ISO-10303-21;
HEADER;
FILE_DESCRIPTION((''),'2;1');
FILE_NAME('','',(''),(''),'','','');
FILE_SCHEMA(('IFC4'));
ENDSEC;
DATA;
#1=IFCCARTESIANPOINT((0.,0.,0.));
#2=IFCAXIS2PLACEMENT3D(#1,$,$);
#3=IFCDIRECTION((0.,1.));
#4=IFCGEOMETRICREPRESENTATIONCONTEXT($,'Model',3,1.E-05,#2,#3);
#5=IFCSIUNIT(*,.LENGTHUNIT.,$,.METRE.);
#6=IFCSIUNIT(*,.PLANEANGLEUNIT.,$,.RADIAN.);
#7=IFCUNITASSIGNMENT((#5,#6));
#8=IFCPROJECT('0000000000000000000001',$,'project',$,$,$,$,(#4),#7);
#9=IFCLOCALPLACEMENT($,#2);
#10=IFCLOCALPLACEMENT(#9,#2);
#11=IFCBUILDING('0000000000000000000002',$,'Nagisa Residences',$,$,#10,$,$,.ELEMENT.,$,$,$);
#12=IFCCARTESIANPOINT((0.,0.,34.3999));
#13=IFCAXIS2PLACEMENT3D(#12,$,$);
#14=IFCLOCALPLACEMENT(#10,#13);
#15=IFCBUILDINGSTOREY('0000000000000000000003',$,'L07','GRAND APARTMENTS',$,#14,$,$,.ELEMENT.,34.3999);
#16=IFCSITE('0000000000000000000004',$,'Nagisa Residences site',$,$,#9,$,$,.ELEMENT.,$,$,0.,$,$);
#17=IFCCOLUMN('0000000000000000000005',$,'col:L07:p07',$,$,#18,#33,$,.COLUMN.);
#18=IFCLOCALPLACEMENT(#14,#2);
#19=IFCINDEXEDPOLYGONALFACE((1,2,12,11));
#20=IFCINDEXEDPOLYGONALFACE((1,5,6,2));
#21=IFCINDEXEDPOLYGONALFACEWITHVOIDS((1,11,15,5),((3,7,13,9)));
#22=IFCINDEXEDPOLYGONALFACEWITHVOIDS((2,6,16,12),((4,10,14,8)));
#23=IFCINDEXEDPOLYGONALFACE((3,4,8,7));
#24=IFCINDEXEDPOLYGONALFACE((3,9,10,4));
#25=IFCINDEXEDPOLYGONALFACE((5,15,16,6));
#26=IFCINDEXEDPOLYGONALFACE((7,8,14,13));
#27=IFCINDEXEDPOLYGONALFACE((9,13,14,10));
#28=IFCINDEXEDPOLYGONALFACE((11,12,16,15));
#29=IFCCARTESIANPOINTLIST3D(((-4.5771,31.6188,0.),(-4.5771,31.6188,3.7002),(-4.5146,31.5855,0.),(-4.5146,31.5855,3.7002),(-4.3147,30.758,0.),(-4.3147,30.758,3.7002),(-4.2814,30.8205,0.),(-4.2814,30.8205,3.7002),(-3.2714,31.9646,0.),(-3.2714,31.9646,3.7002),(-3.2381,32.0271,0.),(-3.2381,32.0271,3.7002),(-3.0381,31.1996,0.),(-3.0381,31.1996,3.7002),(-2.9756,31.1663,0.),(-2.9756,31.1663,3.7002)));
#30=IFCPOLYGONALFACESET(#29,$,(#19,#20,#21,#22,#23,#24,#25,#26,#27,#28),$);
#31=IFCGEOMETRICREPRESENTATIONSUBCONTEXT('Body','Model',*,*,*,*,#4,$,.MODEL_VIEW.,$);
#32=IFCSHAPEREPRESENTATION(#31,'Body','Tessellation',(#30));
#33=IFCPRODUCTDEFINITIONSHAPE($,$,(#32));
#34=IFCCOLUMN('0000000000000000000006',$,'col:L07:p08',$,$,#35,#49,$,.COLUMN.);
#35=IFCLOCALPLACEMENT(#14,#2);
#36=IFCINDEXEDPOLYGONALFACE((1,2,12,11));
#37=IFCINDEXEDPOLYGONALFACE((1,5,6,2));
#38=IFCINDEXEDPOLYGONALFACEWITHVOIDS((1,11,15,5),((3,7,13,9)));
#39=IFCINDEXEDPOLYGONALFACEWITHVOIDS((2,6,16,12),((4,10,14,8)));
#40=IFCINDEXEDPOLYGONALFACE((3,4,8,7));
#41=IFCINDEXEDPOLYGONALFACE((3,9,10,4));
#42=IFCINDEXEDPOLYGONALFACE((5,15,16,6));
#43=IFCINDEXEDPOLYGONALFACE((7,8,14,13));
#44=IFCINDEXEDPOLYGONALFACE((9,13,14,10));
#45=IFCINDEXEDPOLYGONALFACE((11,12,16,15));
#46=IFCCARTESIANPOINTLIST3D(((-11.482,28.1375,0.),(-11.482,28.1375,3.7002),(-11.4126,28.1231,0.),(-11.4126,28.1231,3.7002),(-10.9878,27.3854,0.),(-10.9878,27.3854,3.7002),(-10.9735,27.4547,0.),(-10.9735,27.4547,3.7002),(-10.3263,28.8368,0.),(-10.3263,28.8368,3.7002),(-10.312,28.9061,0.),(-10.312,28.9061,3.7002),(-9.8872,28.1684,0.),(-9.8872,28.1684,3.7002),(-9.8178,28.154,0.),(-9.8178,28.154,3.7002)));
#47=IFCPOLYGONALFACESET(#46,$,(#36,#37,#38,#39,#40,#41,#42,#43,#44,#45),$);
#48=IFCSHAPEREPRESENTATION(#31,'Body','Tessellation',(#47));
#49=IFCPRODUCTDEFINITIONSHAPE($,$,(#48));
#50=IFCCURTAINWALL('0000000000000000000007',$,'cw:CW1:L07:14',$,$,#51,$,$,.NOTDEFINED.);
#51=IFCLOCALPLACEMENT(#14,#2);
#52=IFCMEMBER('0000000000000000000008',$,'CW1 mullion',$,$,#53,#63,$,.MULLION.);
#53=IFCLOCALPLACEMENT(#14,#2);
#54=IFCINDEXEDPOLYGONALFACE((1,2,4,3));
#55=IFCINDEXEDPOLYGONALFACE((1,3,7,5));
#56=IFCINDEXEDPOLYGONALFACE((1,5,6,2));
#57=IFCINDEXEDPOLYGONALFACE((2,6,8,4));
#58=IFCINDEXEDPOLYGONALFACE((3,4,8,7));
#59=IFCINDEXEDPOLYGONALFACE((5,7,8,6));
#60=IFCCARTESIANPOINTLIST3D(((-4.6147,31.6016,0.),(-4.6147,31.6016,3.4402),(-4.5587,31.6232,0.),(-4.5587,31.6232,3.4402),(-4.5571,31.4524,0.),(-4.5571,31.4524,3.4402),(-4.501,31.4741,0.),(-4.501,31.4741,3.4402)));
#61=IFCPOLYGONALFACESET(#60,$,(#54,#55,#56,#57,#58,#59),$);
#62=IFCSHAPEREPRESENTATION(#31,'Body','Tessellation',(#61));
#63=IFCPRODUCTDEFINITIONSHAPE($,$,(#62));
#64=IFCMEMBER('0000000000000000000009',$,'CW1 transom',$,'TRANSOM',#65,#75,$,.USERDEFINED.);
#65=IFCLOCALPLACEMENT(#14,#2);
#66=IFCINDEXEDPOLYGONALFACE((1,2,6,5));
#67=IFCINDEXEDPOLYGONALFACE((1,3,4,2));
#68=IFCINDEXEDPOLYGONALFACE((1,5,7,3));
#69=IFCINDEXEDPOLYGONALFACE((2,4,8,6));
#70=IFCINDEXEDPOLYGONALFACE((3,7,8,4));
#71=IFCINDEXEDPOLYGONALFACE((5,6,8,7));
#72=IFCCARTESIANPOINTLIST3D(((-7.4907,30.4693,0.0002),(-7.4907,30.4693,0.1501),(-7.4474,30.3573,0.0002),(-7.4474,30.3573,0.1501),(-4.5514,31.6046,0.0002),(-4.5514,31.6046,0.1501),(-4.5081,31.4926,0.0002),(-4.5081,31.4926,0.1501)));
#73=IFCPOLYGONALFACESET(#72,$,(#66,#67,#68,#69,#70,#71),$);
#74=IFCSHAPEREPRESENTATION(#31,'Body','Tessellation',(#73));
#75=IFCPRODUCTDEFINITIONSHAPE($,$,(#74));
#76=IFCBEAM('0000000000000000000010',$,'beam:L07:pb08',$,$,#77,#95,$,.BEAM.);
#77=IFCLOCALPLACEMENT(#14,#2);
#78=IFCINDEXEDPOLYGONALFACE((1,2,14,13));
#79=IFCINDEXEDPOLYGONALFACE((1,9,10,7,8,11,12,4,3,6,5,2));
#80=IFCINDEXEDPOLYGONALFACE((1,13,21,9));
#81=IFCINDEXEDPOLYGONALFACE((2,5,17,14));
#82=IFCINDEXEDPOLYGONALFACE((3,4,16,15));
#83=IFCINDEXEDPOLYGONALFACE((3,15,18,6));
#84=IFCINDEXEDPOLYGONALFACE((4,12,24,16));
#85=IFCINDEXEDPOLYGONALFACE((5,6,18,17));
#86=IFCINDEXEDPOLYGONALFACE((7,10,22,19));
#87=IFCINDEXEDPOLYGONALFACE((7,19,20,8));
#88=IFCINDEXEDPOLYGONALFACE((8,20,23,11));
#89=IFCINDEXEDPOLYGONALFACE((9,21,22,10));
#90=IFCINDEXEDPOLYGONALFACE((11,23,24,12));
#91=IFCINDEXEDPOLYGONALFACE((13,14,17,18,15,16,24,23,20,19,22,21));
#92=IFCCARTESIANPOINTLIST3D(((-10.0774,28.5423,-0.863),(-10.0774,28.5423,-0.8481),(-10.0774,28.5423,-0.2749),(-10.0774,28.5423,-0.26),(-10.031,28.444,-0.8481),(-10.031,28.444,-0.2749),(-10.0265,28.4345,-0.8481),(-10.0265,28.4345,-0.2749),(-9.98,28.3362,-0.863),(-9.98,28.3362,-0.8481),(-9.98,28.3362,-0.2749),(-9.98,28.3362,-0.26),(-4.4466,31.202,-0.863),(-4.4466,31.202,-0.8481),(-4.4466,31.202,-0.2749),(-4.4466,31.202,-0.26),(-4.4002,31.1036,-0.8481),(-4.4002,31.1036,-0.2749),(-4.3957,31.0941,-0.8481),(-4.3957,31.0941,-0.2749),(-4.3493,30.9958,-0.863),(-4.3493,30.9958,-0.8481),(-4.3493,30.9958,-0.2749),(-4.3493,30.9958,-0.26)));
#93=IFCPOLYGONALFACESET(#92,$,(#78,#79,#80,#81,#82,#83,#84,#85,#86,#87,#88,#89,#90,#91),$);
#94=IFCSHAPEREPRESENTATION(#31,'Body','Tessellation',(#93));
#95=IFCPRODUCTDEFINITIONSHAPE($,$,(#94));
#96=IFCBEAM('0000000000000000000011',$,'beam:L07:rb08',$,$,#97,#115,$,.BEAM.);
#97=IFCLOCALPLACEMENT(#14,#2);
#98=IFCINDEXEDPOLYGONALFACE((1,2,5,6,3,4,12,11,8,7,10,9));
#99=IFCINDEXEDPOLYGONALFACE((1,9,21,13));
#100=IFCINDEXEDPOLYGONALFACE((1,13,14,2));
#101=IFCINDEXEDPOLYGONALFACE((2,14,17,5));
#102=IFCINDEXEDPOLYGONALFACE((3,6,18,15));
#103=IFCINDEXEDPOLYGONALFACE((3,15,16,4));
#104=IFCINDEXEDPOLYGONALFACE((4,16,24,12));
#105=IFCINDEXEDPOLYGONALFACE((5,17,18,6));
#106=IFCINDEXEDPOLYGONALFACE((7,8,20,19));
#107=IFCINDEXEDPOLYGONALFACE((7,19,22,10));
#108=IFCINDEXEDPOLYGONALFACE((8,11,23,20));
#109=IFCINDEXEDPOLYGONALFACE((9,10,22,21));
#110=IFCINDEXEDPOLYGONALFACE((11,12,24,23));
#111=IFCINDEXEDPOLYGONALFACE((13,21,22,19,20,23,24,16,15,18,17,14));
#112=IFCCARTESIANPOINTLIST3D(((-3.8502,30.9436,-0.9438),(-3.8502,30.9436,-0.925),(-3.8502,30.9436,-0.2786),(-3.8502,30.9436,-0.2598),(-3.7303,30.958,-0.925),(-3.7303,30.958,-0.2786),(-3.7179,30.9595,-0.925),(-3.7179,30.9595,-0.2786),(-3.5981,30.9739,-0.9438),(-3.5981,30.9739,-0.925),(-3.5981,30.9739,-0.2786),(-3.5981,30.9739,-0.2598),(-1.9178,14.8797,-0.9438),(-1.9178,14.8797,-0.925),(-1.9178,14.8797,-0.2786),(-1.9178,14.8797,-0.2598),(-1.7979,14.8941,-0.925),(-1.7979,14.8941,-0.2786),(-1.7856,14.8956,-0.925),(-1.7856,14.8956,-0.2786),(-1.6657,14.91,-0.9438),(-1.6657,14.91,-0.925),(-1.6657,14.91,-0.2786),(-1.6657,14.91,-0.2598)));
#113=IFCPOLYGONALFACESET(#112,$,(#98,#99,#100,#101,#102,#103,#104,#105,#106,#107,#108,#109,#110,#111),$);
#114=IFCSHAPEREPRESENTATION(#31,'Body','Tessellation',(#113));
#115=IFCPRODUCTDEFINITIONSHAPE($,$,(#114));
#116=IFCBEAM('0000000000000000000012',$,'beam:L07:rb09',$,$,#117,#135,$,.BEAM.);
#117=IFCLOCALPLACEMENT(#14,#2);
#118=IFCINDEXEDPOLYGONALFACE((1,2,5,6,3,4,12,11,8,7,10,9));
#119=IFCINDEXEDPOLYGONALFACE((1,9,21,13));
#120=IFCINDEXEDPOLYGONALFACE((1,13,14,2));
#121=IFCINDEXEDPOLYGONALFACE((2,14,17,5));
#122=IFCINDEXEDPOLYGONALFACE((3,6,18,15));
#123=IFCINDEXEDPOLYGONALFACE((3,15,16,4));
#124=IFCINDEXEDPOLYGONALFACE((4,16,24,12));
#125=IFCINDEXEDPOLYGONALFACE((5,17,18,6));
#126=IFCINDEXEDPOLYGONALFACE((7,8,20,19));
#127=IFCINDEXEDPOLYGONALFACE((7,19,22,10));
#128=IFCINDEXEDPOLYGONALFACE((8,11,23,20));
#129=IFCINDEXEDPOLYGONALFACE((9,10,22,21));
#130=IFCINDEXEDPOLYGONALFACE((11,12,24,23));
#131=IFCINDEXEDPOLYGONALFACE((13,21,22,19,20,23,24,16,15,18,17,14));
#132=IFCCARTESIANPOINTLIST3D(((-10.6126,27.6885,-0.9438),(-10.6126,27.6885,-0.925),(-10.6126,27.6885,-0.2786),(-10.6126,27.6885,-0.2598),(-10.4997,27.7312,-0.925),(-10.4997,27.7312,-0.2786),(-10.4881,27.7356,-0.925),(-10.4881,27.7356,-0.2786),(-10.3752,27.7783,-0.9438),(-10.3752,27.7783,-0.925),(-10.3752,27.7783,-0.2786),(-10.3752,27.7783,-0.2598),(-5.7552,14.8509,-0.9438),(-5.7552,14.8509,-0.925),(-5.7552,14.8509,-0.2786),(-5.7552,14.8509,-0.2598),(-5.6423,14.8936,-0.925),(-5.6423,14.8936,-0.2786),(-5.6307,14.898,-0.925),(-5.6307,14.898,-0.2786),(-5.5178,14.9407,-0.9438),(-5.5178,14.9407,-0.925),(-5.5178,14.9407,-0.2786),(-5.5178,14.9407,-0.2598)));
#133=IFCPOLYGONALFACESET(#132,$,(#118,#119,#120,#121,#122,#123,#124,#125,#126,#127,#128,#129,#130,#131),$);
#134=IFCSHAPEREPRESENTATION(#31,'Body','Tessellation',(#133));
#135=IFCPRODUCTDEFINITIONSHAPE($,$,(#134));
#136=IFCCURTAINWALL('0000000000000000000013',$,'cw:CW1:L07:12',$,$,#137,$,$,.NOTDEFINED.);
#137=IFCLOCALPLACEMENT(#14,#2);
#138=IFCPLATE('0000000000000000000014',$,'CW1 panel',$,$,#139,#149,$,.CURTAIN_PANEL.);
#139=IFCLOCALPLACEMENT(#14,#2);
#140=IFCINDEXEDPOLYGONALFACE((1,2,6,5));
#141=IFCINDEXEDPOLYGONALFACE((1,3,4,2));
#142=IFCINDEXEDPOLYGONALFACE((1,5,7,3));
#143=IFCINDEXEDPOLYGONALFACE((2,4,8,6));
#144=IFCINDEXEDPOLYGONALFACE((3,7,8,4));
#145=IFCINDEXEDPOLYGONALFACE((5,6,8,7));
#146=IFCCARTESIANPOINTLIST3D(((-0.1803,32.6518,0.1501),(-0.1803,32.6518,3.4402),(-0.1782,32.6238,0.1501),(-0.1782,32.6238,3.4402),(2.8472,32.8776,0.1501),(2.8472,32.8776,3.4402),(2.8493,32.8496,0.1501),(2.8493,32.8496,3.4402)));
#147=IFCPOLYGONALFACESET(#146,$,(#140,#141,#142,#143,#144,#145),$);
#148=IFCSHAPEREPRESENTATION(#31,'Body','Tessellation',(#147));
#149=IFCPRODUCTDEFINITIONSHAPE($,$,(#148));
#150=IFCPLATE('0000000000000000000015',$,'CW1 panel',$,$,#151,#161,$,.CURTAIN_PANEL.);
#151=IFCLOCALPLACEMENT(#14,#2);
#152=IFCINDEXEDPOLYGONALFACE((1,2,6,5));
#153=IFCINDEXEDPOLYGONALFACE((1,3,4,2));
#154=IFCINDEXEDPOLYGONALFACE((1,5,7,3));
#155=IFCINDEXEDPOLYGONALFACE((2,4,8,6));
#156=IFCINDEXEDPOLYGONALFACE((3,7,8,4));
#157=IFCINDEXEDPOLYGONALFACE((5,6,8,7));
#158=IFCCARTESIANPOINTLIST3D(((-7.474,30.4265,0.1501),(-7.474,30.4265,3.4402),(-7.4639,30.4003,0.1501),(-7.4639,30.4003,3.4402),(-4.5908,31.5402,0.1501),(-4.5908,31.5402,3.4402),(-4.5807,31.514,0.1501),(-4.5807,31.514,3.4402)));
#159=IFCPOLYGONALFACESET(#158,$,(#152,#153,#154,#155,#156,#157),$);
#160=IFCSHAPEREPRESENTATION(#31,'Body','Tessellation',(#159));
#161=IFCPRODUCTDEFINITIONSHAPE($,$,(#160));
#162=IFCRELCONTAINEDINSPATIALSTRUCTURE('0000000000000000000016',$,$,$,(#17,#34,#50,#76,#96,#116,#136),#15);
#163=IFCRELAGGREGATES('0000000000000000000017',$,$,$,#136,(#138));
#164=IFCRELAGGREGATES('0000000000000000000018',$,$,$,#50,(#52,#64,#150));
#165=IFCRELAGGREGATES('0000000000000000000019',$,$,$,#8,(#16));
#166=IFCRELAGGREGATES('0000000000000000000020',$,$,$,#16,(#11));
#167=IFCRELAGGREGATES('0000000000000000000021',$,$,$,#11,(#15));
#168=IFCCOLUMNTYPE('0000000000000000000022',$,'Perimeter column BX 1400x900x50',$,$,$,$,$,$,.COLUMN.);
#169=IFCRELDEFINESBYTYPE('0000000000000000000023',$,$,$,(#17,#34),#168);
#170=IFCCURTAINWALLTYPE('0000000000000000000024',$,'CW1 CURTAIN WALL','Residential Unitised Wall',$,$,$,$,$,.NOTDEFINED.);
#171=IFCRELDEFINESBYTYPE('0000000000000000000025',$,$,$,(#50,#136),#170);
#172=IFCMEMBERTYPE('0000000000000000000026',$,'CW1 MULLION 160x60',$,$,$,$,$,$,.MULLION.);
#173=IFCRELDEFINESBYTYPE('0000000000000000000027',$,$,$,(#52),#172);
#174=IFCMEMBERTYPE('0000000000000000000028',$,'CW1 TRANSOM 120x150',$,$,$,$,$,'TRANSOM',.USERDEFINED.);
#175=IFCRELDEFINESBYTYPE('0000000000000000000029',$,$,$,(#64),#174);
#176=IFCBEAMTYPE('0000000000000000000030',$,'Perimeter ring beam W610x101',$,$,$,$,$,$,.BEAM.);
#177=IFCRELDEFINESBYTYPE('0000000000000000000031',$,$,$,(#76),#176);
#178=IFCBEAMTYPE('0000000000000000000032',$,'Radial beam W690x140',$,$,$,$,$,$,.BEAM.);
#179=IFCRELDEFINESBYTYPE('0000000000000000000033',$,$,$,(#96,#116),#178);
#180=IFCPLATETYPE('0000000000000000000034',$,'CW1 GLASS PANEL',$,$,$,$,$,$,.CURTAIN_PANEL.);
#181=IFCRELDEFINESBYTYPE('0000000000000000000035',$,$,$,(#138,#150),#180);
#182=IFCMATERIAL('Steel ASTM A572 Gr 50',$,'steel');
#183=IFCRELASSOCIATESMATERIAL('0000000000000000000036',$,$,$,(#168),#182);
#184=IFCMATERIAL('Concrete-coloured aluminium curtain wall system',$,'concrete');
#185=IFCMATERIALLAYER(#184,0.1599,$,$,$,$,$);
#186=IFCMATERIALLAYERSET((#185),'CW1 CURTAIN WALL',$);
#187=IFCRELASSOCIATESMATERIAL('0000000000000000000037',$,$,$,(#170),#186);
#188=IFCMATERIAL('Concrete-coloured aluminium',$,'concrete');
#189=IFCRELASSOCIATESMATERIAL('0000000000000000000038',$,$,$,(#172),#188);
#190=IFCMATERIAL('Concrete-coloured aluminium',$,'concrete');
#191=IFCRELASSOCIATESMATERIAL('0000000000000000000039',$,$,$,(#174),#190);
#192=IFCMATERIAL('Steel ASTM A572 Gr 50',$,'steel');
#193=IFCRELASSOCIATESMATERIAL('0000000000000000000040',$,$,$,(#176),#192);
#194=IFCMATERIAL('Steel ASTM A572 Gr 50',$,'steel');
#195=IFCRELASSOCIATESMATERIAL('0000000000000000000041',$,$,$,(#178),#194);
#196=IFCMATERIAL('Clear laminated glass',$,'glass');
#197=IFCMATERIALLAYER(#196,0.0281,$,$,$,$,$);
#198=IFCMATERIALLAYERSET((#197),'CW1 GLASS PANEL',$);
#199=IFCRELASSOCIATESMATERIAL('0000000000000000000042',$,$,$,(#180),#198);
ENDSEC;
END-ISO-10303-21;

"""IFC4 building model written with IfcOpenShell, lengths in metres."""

from ifc_helpers import new_model, si_unit, direction, frame, origin, origin_2d, place, context, subcontext, project, spatial, rectangle, hollow_rectangle, i_section, extrude, material, layer, layer_set, material_profile, profile_set, type_object, element, aggregate, save


model = new_model("IFC4")

# Units and contexts
model_context = context("Model", 3, precision=1e-05, world=origin(), true_north=direction((0.0, 1.0)))
body_context = subcontext(model_context, "Body", "Model", "MODEL_VIEW")
ifc_project = project(units=[si_unit("LENGTHUNIT", "METRE"), si_unit("PLANEANGLEUNIT", "RADIAN")], contexts=[model_context])

# Site, building, storey
site_placement = place(None, origin())
site = spatial("IfcSite", under=ifc_project, at=site_placement, Name="Nagisa Residences site", CompositionType="ELEMENT", RefElevation=0.0)
building_placement = place(site_placement, origin())
building = spatial("IfcBuilding", under=site, at=building_placement, Name="Nagisa Residences", CompositionType="ELEMENT")
storey_placement = place(building_placement, frame((0.0, 0.0, 34.3999)))
storey = spatial("IfcBuildingStorey", under=building, at=storey_placement, Name="L07", Description="GRAND APARTMENTS", CompositionType="ELEMENT", Elevation=34.3999)

# Columns
ifc_material_1 = material(Name="Steel ASTM A572 Gr 50", Category="steel")
ifc_material_profile_1 = material_profile(ifc_material_1, hollow_rectangle(XDim=1.3999, YDim=0.8999, WallThickness=0.05, at=origin_2d()), Name="BX 1400x900x50")
ifc_profile_set_1 = profile_set([ifc_material_profile_1], Name="Steel ASTM A572 Gr 50")
column_type = type_object("IfcColumnType", Name="Perimeter column BX 1400x900x50", PredefinedType="COLUMN", material=ifc_profile_set_1)
for number, where, z_axis, x_axis, name in (
    (1, (-3.7764, 31.3926, 0.0), (0.0, 0.0, 1.0), (-0.956525, -0.291652, 0.0), "col:L07:p07"),
    (2, (-10.6499, 28.1458, 0.0), (0.0, 0.0, 1.0), (-0.835766, -0.549086, 0.0), "col:L07:p08"),
):
    element("IfcColumn", number, at=place(storey_placement, frame(where, z_axis=z_axis, x_axis=x_axis)), inside=storey, type_object=column_type, Name=name, PredefinedType="COLUMN", context=body_context, shape_type="SweptSolid", body=[
        extrude(hollow_rectangle(XDim=1.3999, YDim=0.8999, WallThickness=0.05, at=origin_2d()), origin(), (0.0, 0.0, 1.0), 3.7002),
    ])

# Curtain wall, members
ifc_material_2 = material(Name="Concrete-coloured aluminium curtain wall system", Category="concrete")
ifc_layer_1 = layer(ifc_material_2, 0.1599)
ifc_layer_set_1 = layer_set([ifc_layer_1], Name="CW1 CURTAIN WALL")
curtain_wall_type = type_object("IfcCurtainWallType", Name="CW1 CURTAIN WALL", Description="Residential Unitised Wall", PredefinedType="NOTDEFINED", material=ifc_layer_set_1)
curtain_wall_1_placement = place(storey_placement, origin())
curtain_wall_1 = element("IfcCurtainWall", 3, at=curtain_wall_1_placement, inside=storey, type_object=curtain_wall_type, Name="cw:CW1:L07:14", PredefinedType="NOTDEFINED")
ifc_material_3 = material(Name="Concrete-coloured aluminium", Category="concrete")
ifc_material_profile_2 = material_profile(ifc_material_3, rectangle(XDim=0.1599, YDim=0.0601, at=origin_2d()), Name="CW1 MULLION 160x60")
ifc_profile_set_2 = profile_set([ifc_material_profile_2], Name="Concrete-coloured aluminium")
member_type_1 = type_object("IfcMemberType", Name="CW1 MULLION 160x60", PredefinedType="MULLION", material=ifc_profile_set_2)
member_1_placement = place(storey_placement, frame((-4.5579, 31.5378, 0.0), z_axis=(0.0, 0.0, 1.0), x_axis=(0.360328, -0.932826, 0.0)))
member_1 = element("IfcMember", 4, at=member_1_placement, type_object=member_type_1, Name="CW1 mullion", PredefinedType="MULLION", context=body_context, shape_type="SweptSolid", body=[
    extrude(rectangle(XDim=0.1599, YDim=0.0601, at=origin_2d()), origin(), (0.0, 0.0, 1.0), 3.4402),
])
ifc_material_4 = material(Name="Concrete-coloured aluminium", Category="concrete")
ifc_material_profile_3 = material_profile(ifc_material_4, rectangle(XDim=0.1201, YDim=0.1499, at=origin_2d()), Name="CW1 TRANSOM 120x150")
ifc_profile_set_3 = profile_set([ifc_material_profile_3], Name="Concrete-coloured aluminium")
member_type_2 = type_object("IfcMemberType", Name="CW1 TRANSOM 120x150", ElementType="TRANSOM", PredefinedType="USERDEFINED", material=ifc_profile_set_3)
member_2_placement = place(storey_placement, frame((-4.5298, 31.5486, 0.0752), z_axis=(-0.932835, -0.360303, 0.0), x_axis=(0.360303, -0.932835, 0.0)))
member_2 = element("IfcMember", 5, at=member_2_placement, type_object=member_type_2, Name="CW1 transom", ObjectType="TRANSOM", PredefinedType="USERDEFINED", context=body_context, shape_type="SweptSolid", body=[
    extrude(rectangle(XDim=0.1201, YDim=0.1499, at=origin_2d()), origin(), (0.0, 0.0, 1.0), 3.1509),
])

# Beams
ifc_material_5 = material(Name="Steel ASTM A572 Gr 50", Category="steel")
ifc_material_profile_4 = material_profile(ifc_material_5, i_section(OverallWidth=0.228, OverallDepth=0.603, WebThickness=0.0105, FlangeThickness=0.0149, at=origin_2d()), Name="W610x101")
ifc_profile_set_4 = profile_set([ifc_material_profile_4], Name="Steel ASTM A572 Gr 50")
beam_type_1 = type_object("IfcBeamType", Name="Perimeter ring beam W610x101", PredefinedType="BEAM", material=ifc_profile_set_4)
beam_1_placement = place(storey_placement, frame((-4.3979, 31.0989, -0.5615), z_axis=(-0.904208, -0.427092, 0.0), x_axis=(0.427092, -0.904208, 0.0)))
element("IfcBeam", 6, at=beam_1_placement, inside=storey, type_object=beam_type_1, Name="beam:L07:pb08", PredefinedType="BEAM", context=body_context, shape_type="SweptSolid", body=[
    extrude(i_section(OverallWidth=0.228, OverallDepth=0.603, WebThickness=0.0105, FlangeThickness=0.0149, at=origin_2d()), origin(), (0.0, 0.0, 1.0), 6.2273),
])
ifc_material_6 = material(Name="Steel ASTM A572 Gr 50", Category="steel")
ifc_material_profile_5 = material_profile(ifc_material_6, i_section(OverallWidth=0.2539, OverallDepth=0.6841, WebThickness=0.0125, FlangeThickness=0.0188, at=origin_2d()), Name="W690x140")
ifc_profile_set_5 = profile_set([ifc_material_profile_5], Name="Steel ASTM A572 Gr 50")
beam_type_2 = type_object("IfcBeamType", Name="Radial beam W690x140", PredefinedType="BEAM", material=ifc_profile_set_5)
beam_2_placement = place(storey_placement, frame((-3.7241, 30.9587, -0.6018), z_axis=(0.119431, -0.992842, 0.0), x_axis=(0.992842, 0.119431, 0.0)))
element("IfcBeam", 7, at=beam_2_placement, inside=storey, type_object=beam_type_2, Name="beam:L07:rb08", PredefinedType="BEAM", context=body_context, shape_type="SweptSolid", body=[
    extrude(i_section(OverallWidth=0.2539, OverallDepth=0.6841, WebThickness=0.0125, FlangeThickness=0.0188, at=origin_2d()), origin(), (0.0, 0.0, 1.0), 16.1797),
])
beam_3_placement = place(storey_placement, frame((-10.4939, 27.7334, -0.6018), z_axis=(0.353888, -0.935288, 0.0), x_axis=(0.935288, 0.353888, 0.0)))
element("IfcBeam", 8, at=beam_3_placement, inside=storey, type_object=beam_type_2, Name="beam:L07:rb09", PredefinedType="BEAM", context=body_context, shape_type="SweptSolid", body=[
    extrude(i_section(OverallWidth=0.2539, OverallDepth=0.6841, WebThickness=0.0125, FlangeThickness=0.0188, at=origin_2d()), origin(), (0.0, 0.0, 1.0), 13.7258),
])

# Curtain wall, plate
curtain_wall_2_placement = place(storey_placement, origin())
curtain_wall_2 = element("IfcCurtainWall", 9, at=curtain_wall_2_placement, inside=storey, type_object=curtain_wall_type, Name="cw:CW1:L07:12", PredefinedType="NOTDEFINED")
ifc_material_7 = material(Name="Clear laminated glass", Category="glass")
ifc_layer_2 = layer(ifc_material_7, 0.0281)
ifc_layer_set_2 = layer_set([ifc_layer_2], Name="CW1 GLASS PANEL")
plate_type = type_object("IfcPlateType", Name="CW1 GLASS PANEL", PredefinedType="CURTAIN_PANEL", material=ifc_layer_set_2)
plate_1_placement = place(storey_placement, frame((1.3345, 32.7507, 0.1501), z_axis=(0.0, 0.0, 1.0), x_axis=(-0.99723, -0.074377, 0.0)))
plate_1 = element("IfcPlate", 10, at=plate_1_placement, type_object=plate_type, Name="CW1 panel", PredefinedType="CURTAIN_PANEL", context=body_context, shape_type="SweptSolid", body=[
    extrude(rectangle(XDim=3.0359, YDim=0.0281, at=origin_2d()), origin(), (0.0, 0.0, 1.0), 3.29),
])
aggregate(curtain_wall_2, [plate_1])

# Plate
plate_2_placement = place(storey_placement, frame((-6.0273, 30.9702, 0.1501), z_axis=(0.0, 0.0, 1.0), x_axis=(-0.932826, -0.360328, 0.0)))
plate_2 = element("IfcPlate", 11, at=plate_2_placement, type_object=plate_type, Name="CW1 panel", PredefinedType="CURTAIN_PANEL", context=body_context, shape_type="SweptSolid", body=[
    extrude(rectangle(XDim=3.0908, YDim=0.0281, at=origin_2d()), origin(), (0.0, 0.0, 1.0), 3.29),
])
aggregate(curtain_wall_1, [member_1, member_2, plate_2])

save(model, "model.ifc")
